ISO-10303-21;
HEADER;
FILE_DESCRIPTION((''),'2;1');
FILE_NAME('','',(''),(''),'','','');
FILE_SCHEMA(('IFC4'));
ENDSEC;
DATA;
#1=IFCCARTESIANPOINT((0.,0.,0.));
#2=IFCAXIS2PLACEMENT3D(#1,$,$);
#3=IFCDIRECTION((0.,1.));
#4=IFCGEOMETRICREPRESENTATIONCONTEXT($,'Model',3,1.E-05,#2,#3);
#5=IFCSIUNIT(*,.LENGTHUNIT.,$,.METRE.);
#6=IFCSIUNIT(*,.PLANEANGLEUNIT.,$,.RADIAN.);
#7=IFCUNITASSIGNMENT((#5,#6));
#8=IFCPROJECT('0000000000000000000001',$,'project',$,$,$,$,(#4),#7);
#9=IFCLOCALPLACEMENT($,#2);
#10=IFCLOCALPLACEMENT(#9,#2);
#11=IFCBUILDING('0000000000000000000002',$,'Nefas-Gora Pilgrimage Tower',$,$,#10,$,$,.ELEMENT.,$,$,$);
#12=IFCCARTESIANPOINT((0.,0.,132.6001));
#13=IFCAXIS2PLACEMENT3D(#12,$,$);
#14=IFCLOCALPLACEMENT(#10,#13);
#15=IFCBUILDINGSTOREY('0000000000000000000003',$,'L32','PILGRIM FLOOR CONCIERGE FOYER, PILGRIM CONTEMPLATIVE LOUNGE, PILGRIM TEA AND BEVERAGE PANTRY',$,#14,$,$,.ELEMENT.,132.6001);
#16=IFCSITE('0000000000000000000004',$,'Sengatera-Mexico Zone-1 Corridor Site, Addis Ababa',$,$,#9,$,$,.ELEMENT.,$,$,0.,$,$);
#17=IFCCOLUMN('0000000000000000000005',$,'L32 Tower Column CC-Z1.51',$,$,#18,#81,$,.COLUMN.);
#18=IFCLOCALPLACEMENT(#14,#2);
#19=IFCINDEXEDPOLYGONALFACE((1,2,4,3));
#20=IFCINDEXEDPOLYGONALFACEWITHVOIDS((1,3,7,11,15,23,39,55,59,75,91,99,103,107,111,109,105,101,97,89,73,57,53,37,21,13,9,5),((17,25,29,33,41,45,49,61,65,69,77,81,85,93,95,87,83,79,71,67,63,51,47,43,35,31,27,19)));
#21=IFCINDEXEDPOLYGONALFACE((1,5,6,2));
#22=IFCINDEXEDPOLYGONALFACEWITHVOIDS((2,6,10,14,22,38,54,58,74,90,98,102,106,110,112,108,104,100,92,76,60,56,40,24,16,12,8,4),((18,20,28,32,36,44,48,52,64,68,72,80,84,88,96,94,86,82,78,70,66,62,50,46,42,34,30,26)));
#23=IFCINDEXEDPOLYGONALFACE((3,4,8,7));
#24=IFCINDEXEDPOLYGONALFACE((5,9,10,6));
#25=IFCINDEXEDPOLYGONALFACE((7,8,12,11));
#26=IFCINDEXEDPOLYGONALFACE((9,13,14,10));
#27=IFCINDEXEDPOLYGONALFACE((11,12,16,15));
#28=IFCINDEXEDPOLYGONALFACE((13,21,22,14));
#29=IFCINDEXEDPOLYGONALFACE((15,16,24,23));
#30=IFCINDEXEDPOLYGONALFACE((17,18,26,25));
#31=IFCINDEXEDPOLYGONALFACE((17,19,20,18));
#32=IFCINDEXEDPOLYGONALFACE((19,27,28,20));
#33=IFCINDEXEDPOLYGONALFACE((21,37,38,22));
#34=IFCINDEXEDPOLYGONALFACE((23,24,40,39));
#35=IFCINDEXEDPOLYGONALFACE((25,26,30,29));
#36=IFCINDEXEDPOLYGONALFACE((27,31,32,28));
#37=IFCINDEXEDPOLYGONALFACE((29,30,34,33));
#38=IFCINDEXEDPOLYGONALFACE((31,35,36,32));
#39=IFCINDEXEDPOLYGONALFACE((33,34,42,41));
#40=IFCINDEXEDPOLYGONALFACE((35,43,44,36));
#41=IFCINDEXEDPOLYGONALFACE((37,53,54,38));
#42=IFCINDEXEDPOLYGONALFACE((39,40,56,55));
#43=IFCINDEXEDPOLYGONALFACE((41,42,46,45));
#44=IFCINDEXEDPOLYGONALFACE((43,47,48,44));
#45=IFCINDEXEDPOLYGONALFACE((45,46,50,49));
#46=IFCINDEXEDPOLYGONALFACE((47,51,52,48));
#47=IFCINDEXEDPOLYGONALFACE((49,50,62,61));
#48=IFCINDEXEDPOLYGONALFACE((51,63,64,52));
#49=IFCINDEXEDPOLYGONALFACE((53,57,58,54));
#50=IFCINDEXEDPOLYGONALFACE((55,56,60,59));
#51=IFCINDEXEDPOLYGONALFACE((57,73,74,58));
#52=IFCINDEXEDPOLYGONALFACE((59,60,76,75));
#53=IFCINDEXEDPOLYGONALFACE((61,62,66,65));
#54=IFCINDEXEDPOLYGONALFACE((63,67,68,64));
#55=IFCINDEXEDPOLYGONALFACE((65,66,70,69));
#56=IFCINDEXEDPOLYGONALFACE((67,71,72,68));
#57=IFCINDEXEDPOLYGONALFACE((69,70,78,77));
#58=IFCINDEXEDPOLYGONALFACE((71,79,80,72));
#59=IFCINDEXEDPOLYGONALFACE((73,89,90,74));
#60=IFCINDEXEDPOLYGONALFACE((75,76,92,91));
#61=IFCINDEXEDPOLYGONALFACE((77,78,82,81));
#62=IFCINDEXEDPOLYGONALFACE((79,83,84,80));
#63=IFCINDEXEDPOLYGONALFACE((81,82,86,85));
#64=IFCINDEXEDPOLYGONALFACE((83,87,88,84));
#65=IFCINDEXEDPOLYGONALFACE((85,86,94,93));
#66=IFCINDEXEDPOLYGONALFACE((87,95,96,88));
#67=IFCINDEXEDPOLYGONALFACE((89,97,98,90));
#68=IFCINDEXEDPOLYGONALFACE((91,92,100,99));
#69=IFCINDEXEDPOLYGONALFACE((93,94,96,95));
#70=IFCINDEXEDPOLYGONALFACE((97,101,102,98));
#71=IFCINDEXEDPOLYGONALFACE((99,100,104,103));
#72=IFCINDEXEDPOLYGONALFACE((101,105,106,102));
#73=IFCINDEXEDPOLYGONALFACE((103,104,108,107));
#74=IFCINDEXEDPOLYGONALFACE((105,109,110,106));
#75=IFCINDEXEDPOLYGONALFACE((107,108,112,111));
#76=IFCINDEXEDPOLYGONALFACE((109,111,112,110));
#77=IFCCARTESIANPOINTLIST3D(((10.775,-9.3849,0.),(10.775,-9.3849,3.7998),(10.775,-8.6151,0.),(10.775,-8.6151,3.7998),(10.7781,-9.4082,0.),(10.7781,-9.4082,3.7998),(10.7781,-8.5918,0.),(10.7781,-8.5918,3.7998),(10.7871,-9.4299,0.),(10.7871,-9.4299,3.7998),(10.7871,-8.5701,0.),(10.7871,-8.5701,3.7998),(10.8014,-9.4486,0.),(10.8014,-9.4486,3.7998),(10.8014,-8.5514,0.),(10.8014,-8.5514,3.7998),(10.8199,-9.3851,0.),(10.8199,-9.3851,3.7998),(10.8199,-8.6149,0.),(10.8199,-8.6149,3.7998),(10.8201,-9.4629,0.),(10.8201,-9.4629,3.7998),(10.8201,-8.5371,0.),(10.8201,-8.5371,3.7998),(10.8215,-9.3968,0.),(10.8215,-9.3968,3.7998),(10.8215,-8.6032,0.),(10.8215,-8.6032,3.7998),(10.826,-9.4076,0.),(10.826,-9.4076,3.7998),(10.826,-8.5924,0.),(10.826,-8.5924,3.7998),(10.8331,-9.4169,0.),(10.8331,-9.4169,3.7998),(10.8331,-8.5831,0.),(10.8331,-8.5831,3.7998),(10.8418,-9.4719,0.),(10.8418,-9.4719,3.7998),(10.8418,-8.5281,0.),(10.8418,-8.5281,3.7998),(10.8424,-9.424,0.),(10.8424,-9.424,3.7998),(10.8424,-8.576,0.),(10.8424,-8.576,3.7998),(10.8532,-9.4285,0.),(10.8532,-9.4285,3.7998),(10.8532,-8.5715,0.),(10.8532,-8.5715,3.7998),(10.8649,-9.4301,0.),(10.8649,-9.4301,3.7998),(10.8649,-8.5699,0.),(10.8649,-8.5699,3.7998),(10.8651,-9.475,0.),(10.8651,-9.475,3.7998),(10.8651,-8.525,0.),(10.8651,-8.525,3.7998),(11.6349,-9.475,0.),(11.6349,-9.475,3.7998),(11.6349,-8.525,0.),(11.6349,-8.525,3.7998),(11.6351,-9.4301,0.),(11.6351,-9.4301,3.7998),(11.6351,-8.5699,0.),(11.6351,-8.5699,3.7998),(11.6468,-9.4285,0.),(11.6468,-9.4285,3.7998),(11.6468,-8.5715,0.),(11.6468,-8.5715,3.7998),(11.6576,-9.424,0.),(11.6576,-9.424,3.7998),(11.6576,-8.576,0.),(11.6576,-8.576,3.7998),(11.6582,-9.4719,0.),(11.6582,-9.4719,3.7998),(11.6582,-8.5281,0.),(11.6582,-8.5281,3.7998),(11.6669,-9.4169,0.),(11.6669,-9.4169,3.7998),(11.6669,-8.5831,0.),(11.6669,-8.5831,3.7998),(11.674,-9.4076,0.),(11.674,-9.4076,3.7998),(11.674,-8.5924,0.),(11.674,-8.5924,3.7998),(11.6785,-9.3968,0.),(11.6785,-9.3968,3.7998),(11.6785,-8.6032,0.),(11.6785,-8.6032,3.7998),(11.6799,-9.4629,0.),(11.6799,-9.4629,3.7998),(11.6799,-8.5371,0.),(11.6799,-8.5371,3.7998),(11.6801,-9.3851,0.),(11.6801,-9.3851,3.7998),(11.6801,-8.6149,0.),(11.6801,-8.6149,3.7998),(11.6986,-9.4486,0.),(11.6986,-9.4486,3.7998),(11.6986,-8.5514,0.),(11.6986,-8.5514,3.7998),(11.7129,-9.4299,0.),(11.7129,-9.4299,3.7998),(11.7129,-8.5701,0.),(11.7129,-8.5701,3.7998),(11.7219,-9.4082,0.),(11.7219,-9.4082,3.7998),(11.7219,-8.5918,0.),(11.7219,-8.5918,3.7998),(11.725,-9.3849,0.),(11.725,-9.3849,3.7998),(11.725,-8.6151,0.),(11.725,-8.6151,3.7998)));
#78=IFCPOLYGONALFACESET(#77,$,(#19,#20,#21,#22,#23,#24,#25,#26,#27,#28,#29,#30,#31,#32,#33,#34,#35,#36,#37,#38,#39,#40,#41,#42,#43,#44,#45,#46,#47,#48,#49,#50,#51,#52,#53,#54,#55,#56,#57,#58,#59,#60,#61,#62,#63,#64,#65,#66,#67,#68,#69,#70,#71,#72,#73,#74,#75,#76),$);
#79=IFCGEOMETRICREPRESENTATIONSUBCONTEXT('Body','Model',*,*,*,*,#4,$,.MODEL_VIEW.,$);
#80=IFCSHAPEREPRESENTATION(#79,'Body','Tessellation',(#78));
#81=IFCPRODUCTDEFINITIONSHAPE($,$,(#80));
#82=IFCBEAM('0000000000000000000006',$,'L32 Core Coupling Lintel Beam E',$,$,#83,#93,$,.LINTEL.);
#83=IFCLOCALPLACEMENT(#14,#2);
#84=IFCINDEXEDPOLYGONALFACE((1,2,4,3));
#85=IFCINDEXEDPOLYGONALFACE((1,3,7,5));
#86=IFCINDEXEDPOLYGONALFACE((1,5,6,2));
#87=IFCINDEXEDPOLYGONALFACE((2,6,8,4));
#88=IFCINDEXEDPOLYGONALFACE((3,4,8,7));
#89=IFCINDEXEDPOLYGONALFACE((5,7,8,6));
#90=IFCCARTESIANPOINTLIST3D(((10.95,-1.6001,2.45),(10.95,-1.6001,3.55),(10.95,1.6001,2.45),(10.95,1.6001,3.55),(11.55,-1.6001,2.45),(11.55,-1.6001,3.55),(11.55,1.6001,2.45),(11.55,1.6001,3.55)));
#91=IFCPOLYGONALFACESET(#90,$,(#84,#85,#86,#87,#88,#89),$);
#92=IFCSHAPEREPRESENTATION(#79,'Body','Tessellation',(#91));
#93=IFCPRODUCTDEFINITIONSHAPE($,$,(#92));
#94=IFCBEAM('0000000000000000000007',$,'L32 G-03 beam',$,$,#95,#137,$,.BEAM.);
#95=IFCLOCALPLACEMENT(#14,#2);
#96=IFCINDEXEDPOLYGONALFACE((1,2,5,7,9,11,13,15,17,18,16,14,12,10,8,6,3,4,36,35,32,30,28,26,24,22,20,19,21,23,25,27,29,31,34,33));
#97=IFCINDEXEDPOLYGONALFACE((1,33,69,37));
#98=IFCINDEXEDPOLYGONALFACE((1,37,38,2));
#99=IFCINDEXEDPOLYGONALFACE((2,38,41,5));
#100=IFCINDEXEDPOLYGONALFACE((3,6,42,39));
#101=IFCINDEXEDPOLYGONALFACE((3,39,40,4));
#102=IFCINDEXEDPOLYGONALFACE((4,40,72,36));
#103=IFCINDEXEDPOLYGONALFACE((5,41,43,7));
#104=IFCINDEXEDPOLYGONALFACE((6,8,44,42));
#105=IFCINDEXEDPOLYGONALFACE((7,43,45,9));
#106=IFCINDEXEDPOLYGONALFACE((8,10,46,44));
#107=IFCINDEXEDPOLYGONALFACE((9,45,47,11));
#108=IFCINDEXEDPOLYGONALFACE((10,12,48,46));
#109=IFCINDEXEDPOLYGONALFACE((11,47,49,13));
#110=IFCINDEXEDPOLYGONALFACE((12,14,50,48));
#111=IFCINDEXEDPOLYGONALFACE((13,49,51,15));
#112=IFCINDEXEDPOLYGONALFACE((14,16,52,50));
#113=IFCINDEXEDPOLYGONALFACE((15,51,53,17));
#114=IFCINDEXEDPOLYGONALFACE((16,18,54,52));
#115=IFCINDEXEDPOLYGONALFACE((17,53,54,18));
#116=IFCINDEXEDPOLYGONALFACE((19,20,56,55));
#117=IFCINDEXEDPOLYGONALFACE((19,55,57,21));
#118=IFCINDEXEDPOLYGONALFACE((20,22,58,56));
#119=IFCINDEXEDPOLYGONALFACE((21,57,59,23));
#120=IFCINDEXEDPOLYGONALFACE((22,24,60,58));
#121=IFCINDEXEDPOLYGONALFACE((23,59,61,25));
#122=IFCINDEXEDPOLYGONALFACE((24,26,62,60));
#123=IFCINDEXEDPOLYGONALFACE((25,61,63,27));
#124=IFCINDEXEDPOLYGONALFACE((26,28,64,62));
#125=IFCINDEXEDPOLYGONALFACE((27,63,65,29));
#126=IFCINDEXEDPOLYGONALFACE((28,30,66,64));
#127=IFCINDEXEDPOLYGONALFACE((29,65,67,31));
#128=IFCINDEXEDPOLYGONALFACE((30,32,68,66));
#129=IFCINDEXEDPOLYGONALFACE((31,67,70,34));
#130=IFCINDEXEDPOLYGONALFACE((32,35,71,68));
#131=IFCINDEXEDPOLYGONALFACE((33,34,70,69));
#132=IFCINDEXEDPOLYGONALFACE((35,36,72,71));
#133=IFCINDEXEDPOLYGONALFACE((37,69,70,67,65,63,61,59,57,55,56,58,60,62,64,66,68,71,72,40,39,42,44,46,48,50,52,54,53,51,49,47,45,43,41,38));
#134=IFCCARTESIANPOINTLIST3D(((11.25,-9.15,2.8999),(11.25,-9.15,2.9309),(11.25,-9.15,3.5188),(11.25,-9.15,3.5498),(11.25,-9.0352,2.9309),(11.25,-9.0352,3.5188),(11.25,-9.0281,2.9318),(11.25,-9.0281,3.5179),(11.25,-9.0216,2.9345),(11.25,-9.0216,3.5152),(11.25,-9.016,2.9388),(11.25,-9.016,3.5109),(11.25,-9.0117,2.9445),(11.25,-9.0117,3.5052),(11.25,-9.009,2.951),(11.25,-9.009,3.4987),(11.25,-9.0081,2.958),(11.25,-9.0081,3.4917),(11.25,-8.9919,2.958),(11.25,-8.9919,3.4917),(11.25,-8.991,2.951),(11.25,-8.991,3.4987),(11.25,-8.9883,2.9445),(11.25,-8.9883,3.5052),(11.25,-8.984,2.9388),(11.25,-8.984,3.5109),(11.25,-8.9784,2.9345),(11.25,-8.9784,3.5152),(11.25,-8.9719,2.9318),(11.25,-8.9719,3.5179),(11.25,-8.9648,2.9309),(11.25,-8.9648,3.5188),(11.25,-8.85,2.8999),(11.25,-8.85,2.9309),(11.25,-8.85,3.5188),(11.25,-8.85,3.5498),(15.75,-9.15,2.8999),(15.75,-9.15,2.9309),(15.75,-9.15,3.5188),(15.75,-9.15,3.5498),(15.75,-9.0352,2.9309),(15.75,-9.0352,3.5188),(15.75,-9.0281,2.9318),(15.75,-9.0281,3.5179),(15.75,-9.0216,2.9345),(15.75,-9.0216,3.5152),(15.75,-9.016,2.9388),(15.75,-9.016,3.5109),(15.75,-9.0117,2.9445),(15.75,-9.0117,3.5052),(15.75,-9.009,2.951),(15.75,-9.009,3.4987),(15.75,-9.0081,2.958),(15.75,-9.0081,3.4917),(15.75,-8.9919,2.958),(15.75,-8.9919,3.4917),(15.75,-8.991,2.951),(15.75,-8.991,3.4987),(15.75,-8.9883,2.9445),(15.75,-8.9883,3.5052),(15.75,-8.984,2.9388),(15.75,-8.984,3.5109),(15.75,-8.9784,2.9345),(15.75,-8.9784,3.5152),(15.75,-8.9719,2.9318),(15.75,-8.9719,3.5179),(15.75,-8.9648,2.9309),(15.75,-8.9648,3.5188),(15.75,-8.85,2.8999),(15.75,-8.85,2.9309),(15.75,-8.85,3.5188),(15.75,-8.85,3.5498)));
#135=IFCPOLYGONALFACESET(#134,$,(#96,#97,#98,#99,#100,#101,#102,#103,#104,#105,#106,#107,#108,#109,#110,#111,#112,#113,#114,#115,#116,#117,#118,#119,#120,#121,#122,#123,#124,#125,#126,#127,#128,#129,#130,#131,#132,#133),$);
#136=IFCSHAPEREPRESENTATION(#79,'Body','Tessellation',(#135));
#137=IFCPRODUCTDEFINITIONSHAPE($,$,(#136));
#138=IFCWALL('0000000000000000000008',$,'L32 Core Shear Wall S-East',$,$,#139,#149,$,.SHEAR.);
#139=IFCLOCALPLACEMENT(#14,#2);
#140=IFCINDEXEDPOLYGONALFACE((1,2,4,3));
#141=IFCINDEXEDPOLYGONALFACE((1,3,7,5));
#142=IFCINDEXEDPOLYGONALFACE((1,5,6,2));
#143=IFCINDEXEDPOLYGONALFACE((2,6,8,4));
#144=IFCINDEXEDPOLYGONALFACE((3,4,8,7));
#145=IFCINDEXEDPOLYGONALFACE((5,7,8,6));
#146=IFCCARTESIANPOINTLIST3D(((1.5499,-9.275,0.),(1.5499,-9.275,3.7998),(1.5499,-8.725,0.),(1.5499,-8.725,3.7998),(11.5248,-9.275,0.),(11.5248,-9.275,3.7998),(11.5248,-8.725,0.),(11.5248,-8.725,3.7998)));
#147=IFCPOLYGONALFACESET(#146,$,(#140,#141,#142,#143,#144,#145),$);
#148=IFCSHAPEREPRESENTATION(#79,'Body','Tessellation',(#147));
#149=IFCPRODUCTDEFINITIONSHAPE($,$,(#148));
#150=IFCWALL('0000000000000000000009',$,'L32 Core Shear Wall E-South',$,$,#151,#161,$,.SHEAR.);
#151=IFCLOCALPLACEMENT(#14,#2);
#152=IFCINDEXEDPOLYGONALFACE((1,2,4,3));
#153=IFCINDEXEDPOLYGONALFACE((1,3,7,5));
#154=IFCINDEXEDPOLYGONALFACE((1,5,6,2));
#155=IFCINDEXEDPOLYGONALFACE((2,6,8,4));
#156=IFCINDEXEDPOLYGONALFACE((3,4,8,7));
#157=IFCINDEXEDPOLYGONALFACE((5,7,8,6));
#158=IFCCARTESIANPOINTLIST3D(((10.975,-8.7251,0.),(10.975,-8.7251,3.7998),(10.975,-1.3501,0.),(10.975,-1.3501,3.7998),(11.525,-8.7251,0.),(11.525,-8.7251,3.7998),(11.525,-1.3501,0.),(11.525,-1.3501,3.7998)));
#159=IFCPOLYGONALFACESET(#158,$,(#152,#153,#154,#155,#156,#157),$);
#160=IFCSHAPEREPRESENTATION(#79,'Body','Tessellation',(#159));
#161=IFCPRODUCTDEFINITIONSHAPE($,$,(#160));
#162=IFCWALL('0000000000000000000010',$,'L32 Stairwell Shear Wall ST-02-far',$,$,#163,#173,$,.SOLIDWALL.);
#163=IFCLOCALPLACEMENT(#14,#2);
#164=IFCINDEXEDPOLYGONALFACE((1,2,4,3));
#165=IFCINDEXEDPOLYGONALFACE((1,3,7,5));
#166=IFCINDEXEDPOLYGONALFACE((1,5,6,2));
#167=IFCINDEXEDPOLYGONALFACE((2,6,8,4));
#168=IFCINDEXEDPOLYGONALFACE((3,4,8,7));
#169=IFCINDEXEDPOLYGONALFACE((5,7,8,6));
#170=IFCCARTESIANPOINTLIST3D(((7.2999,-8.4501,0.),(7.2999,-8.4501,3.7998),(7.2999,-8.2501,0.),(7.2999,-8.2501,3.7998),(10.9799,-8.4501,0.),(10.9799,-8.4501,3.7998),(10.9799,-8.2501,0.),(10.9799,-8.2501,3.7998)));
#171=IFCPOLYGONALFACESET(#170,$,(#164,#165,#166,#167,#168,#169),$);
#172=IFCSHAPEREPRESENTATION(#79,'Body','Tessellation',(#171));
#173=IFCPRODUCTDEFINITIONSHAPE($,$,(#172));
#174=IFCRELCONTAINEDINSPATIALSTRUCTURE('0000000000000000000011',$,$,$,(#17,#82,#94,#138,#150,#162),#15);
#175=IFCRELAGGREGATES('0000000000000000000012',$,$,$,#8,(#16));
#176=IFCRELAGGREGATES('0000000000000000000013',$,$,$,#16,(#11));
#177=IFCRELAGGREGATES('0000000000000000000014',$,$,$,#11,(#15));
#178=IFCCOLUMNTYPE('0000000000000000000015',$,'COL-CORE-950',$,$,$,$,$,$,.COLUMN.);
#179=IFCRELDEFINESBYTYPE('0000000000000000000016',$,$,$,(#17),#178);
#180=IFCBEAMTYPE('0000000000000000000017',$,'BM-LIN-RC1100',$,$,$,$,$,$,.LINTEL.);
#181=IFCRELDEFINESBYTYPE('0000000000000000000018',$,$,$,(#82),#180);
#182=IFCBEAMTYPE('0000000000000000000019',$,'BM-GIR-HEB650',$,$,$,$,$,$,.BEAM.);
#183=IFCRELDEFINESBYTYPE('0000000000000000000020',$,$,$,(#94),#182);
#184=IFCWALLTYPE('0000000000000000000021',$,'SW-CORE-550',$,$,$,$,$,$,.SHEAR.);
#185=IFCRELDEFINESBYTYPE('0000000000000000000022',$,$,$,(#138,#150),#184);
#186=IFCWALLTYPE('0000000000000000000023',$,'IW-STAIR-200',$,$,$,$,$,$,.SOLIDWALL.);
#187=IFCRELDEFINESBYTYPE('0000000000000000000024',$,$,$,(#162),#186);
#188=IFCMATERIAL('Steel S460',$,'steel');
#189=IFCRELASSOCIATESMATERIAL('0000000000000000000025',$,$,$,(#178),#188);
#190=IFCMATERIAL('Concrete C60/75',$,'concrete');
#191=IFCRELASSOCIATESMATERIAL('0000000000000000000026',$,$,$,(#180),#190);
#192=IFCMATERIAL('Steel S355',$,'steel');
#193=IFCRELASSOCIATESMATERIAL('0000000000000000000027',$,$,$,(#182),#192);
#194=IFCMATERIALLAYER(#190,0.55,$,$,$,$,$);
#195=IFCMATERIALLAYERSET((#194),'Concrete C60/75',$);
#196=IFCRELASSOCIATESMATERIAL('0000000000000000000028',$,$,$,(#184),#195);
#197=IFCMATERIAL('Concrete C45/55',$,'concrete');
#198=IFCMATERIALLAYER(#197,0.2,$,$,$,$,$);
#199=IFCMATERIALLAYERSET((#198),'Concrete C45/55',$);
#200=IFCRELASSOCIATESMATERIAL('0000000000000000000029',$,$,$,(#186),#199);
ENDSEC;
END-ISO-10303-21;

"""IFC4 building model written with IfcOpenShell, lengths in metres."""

from ifc_helpers import new_model, si_unit, direction, frame, frame_2d, origin, origin_2d, place, context, subcontext, project, spatial, rectangle, hollow_rectangle, i_section, extrude, source, transform, mapped, material, layer, layer_set, material_profile, profile_set, type_object, element, save


model = new_model("IFC4")

# Units and contexts
model_context = context("Model", 3, precision=1e-05, world=origin(), true_north=direction((0.0, 1.0)))
body_context = subcontext(model_context, "Body", "Model", "MODEL_VIEW")
ifc_project = project(units=[si_unit("LENGTHUNIT", "METRE"), si_unit("PLANEANGLEUNIT", "RADIAN")], contexts=[model_context])

# Site, building, storey
site_placement = place(None, origin())
site = spatial("IfcSite", under=ifc_project, at=site_placement, Name="Sengatera-Mexico Zone-1 Corridor Site, Addis Ababa", CompositionType="ELEMENT", RefElevation=0.0)
building_placement = place(site_placement, origin())
building = spatial("IfcBuilding", under=site, at=building_placement, Name="Nefas-Gora Pilgrimage Tower", CompositionType="ELEMENT")
storey_placement = place(building_placement, frame((0.0, 0.0, 132.6001)))
storey = spatial("IfcBuildingStorey", under=building, at=storey_placement, Name="L32", Description="PILGRIM FLOOR CONCIERGE FOYER, PILGRIM CONTEMPLATIVE LOUNGE, PILGRIM TEA AND BEVERAGE PANTRY", CompositionType="ELEMENT", Elevation=132.6001)

# Column
ifc_material_1 = material(Name="Steel S460", Category="steel")
ifc_material_profile_1 = material_profile(ifc_material_1, hollow_rectangle(XDim=0.95, YDim=0.95, WallThickness=0.0449, InnerFilletRadius=0.0449, OuterFilletRadius=0.0901, at=origin_2d()), Name="BOX 950x950x45")
ifc_profile_set_1 = profile_set([ifc_material_profile_1], Name="Steel S460")
column_type = type_object("IfcColumnType", Name="COL-CORE-950", PredefinedType="COLUMN", material=ifc_profile_set_1)
shared_shape_1 = source(origin(), body_context, "Body", "SweptSolid", [
    extrude(hollow_rectangle(XDim=0.95, YDim=0.95, WallThickness=0.0449, InnerFilletRadius=0.0449, OuterFilletRadius=0.0901, at=origin_2d()), origin(), (0.0, 0.0, 1.0), 3.7998),
])
column_placement = place(storey_placement, frame((11.25, -9.0, 0.0), z_axis=(0.0, 0.0, 1.0), x_axis=(1.0, 0.0, 0.0)))
element("IfcColumn", 1, at=column_placement, inside=storey, type_object=column_type, Name="L32 Tower Column CC-Z1.51", PredefinedType="COLUMN", context=body_context, shape_type="MappedRepresentation", body=[
    mapped(shared_shape_1, transform((0.0, 0.0, 0.0), x_axis=(1.0, 0.0, 0.0), y_axis=(0.0, 1.0, 0.0), z_axis=(0.0, 0.0, 1.0), scale=1.0)),
])

# Beams
ifc_material_2 = material(Name="Concrete C60/75", Category="concrete")
ifc_material_profile_2 = material_profile(ifc_material_2, rectangle(XDim=0.6001, YDim=1.1001, at=origin_2d()), Name="RC 600x1100")
ifc_profile_set_2 = profile_set([ifc_material_profile_2], Name="Concrete C60/75")
beam_type_1 = type_object("IfcBeamType", Name="BM-LIN-RC1100", PredefinedType="LINTEL", material=ifc_profile_set_2)
shared_shape_2 = source(origin(), body_context, "Body", "SweptSolid", [
    extrude(rectangle(XDim=0.6001, YDim=1.1001, at=origin_2d()), origin(), (0.0, 0.0, 1.0), 3.2002),
])
beam_1_placement = place(storey_placement, frame((11.25, -1.6001, 3.0), z_axis=(0.0, 1.0, 0.0), x_axis=(-1.0, 0.0, 0.0)))
element("IfcBeam", 2, at=beam_1_placement, inside=storey, type_object=beam_type_1, Name="L32 Core Coupling Lintel Beam E", PredefinedType="LINTEL", context=body_context, shape_type="MappedRepresentation", body=[
    mapped(shared_shape_2, transform((0.0, 0.0, 0.0), x_axis=(1.0, 0.0, 0.0), y_axis=(0.0, 1.0, 0.0), z_axis=(0.0, 0.0, 1.0), scale=1.0)),
])
ifc_material_3 = material(Name="Steel S355", Category="steel")
ifc_material_profile_3 = material_profile(ifc_material_3, i_section(OverallWidth=0.3, OverallDepth=0.6499, WebThickness=0.0161, FlangeThickness=0.031, FilletRadius=0.0271, at=origin_2d()), Name="HEB 650")
ifc_profile_set_3 = profile_set([ifc_material_profile_3], Name="Steel S355")
beam_type_2 = type_object("IfcBeamType", Name="BM-GIR-HEB650", PredefinedType="BEAM", material=ifc_profile_set_3)
shared_shape_3 = source(origin(), body_context, "Body", "SweptSolid", [
    extrude(i_section(OverallWidth=0.3, OverallDepth=0.6499, WebThickness=0.0161, FlangeThickness=0.031, FilletRadius=0.0271, at=origin_2d()), origin(), (0.0, 0.0, 1.0), 4.5),
])
beam_2_placement = place(storey_placement, frame((11.25, -9.0, 3.2249), z_axis=(1.0, 0.0, 0.0), x_axis=(0.0, 1.0, 0.0)))
element("IfcBeam", 3, at=beam_2_placement, inside=storey, type_object=beam_type_2, Name="L32 G-03 beam", PredefinedType="BEAM", context=body_context, shape_type="MappedRepresentation", body=[
    mapped(shared_shape_3, transform((0.0, 0.0, 0.0), x_axis=(1.0, 0.0, 0.0), y_axis=(0.0, 1.0, 0.0), z_axis=(0.0, 0.0, 1.0), scale=1.0)),
])

# Walls
ifc_layer_1 = layer(ifc_material_2, 0.55)
ifc_layer_set_1 = layer_set([ifc_layer_1], Name="Concrete C60/75")
wall_type_1 = type_object("IfcWallType", Name="SW-CORE-550", PredefinedType="SHEAR", material=ifc_layer_set_1)
shared_shape_4 = source(origin(), body_context, "Body", "SweptSolid", [
    extrude(rectangle(XDim=9.9749, YDim=0.55, at=frame_2d((4.9873, 0.0))), origin(), (0.0, 0.0, 1.0), 3.7998),
])
wall_1_placement = place(storey_placement, frame((1.55, -9.0, 0.0), z_axis=(0.0, 0.0, 1.0), x_axis=(1.0, 0.0, 0.0)))
element("IfcWall", 4, at=wall_1_placement, inside=storey, type_object=wall_type_1, Name="L32 Core Shear Wall S-East", PredefinedType="SHEAR", context=body_context, shape_type="MappedRepresentation", body=[
    mapped(shared_shape_4, transform((0.0, 0.0, 0.0), x_axis=(1.0, 0.0, 0.0), y_axis=(0.0, 1.0, 0.0), z_axis=(0.0, 0.0, 1.0), scale=1.0)),
])
shared_shape_5 = source(origin(), body_context, "Body", "SweptSolid", [
    extrude(rectangle(XDim=7.375, YDim=0.55, at=frame_2d((3.6875, 0.0))), origin(), (0.0, 0.0, 1.0), 3.7998),
])
wall_2_placement = place(storey_placement, frame((11.25, -8.7251, 0.0), z_axis=(0.0, 0.0, 1.0), x_axis=(0.0, 1.0, 0.0)))
element("IfcWall", 5, at=wall_2_placement, inside=storey, type_object=wall_type_1, Name="L32 Core Shear Wall E-South", PredefinedType="SHEAR", context=body_context, shape_type="MappedRepresentation", body=[
    mapped(shared_shape_5, transform((0.0, 0.0, 0.0), x_axis=(1.0, 0.0, 0.0), y_axis=(0.0, 1.0, 0.0), z_axis=(0.0, 0.0, 1.0), scale=1.0)),
])
ifc_material_4 = material(Name="Concrete C45/55", Category="concrete")
ifc_layer_2 = layer(ifc_material_4, 0.2)
ifc_layer_set_2 = layer_set([ifc_layer_2], Name="Concrete C45/55")
wall_type_2 = type_object("IfcWallType", Name="IW-STAIR-200", PredefinedType="SOLIDWALL", material=ifc_layer_set_2)
shared_shape_6 = source(origin(), body_context, "Body", "SweptSolid", [
    extrude(rectangle(XDim=3.6799, YDim=0.2, at=frame_2d((1.8398, 0.0))), origin(), (0.0, 0.0, 1.0), 3.7998),
])
wall_3_placement = place(storey_placement, frame((7.3, -8.3501, 0.0), z_axis=(0.0, 0.0, 1.0), x_axis=(1.0, 0.0, 0.0)))
element("IfcWall", 6, at=wall_3_placement, inside=storey, type_object=wall_type_2, Name="L32 Stairwell Shear Wall ST-02-far", PredefinedType="SOLIDWALL", context=body_context, shape_type="MappedRepresentation", body=[
    mapped(shared_shape_6, transform((0.0, 0.0, 0.0), x_axis=(1.0, 0.0, 0.0), y_axis=(0.0, 1.0, 0.0), z_axis=(0.0, 0.0, 1.0), scale=1.0)),
])

save(model, "model.ifc")
